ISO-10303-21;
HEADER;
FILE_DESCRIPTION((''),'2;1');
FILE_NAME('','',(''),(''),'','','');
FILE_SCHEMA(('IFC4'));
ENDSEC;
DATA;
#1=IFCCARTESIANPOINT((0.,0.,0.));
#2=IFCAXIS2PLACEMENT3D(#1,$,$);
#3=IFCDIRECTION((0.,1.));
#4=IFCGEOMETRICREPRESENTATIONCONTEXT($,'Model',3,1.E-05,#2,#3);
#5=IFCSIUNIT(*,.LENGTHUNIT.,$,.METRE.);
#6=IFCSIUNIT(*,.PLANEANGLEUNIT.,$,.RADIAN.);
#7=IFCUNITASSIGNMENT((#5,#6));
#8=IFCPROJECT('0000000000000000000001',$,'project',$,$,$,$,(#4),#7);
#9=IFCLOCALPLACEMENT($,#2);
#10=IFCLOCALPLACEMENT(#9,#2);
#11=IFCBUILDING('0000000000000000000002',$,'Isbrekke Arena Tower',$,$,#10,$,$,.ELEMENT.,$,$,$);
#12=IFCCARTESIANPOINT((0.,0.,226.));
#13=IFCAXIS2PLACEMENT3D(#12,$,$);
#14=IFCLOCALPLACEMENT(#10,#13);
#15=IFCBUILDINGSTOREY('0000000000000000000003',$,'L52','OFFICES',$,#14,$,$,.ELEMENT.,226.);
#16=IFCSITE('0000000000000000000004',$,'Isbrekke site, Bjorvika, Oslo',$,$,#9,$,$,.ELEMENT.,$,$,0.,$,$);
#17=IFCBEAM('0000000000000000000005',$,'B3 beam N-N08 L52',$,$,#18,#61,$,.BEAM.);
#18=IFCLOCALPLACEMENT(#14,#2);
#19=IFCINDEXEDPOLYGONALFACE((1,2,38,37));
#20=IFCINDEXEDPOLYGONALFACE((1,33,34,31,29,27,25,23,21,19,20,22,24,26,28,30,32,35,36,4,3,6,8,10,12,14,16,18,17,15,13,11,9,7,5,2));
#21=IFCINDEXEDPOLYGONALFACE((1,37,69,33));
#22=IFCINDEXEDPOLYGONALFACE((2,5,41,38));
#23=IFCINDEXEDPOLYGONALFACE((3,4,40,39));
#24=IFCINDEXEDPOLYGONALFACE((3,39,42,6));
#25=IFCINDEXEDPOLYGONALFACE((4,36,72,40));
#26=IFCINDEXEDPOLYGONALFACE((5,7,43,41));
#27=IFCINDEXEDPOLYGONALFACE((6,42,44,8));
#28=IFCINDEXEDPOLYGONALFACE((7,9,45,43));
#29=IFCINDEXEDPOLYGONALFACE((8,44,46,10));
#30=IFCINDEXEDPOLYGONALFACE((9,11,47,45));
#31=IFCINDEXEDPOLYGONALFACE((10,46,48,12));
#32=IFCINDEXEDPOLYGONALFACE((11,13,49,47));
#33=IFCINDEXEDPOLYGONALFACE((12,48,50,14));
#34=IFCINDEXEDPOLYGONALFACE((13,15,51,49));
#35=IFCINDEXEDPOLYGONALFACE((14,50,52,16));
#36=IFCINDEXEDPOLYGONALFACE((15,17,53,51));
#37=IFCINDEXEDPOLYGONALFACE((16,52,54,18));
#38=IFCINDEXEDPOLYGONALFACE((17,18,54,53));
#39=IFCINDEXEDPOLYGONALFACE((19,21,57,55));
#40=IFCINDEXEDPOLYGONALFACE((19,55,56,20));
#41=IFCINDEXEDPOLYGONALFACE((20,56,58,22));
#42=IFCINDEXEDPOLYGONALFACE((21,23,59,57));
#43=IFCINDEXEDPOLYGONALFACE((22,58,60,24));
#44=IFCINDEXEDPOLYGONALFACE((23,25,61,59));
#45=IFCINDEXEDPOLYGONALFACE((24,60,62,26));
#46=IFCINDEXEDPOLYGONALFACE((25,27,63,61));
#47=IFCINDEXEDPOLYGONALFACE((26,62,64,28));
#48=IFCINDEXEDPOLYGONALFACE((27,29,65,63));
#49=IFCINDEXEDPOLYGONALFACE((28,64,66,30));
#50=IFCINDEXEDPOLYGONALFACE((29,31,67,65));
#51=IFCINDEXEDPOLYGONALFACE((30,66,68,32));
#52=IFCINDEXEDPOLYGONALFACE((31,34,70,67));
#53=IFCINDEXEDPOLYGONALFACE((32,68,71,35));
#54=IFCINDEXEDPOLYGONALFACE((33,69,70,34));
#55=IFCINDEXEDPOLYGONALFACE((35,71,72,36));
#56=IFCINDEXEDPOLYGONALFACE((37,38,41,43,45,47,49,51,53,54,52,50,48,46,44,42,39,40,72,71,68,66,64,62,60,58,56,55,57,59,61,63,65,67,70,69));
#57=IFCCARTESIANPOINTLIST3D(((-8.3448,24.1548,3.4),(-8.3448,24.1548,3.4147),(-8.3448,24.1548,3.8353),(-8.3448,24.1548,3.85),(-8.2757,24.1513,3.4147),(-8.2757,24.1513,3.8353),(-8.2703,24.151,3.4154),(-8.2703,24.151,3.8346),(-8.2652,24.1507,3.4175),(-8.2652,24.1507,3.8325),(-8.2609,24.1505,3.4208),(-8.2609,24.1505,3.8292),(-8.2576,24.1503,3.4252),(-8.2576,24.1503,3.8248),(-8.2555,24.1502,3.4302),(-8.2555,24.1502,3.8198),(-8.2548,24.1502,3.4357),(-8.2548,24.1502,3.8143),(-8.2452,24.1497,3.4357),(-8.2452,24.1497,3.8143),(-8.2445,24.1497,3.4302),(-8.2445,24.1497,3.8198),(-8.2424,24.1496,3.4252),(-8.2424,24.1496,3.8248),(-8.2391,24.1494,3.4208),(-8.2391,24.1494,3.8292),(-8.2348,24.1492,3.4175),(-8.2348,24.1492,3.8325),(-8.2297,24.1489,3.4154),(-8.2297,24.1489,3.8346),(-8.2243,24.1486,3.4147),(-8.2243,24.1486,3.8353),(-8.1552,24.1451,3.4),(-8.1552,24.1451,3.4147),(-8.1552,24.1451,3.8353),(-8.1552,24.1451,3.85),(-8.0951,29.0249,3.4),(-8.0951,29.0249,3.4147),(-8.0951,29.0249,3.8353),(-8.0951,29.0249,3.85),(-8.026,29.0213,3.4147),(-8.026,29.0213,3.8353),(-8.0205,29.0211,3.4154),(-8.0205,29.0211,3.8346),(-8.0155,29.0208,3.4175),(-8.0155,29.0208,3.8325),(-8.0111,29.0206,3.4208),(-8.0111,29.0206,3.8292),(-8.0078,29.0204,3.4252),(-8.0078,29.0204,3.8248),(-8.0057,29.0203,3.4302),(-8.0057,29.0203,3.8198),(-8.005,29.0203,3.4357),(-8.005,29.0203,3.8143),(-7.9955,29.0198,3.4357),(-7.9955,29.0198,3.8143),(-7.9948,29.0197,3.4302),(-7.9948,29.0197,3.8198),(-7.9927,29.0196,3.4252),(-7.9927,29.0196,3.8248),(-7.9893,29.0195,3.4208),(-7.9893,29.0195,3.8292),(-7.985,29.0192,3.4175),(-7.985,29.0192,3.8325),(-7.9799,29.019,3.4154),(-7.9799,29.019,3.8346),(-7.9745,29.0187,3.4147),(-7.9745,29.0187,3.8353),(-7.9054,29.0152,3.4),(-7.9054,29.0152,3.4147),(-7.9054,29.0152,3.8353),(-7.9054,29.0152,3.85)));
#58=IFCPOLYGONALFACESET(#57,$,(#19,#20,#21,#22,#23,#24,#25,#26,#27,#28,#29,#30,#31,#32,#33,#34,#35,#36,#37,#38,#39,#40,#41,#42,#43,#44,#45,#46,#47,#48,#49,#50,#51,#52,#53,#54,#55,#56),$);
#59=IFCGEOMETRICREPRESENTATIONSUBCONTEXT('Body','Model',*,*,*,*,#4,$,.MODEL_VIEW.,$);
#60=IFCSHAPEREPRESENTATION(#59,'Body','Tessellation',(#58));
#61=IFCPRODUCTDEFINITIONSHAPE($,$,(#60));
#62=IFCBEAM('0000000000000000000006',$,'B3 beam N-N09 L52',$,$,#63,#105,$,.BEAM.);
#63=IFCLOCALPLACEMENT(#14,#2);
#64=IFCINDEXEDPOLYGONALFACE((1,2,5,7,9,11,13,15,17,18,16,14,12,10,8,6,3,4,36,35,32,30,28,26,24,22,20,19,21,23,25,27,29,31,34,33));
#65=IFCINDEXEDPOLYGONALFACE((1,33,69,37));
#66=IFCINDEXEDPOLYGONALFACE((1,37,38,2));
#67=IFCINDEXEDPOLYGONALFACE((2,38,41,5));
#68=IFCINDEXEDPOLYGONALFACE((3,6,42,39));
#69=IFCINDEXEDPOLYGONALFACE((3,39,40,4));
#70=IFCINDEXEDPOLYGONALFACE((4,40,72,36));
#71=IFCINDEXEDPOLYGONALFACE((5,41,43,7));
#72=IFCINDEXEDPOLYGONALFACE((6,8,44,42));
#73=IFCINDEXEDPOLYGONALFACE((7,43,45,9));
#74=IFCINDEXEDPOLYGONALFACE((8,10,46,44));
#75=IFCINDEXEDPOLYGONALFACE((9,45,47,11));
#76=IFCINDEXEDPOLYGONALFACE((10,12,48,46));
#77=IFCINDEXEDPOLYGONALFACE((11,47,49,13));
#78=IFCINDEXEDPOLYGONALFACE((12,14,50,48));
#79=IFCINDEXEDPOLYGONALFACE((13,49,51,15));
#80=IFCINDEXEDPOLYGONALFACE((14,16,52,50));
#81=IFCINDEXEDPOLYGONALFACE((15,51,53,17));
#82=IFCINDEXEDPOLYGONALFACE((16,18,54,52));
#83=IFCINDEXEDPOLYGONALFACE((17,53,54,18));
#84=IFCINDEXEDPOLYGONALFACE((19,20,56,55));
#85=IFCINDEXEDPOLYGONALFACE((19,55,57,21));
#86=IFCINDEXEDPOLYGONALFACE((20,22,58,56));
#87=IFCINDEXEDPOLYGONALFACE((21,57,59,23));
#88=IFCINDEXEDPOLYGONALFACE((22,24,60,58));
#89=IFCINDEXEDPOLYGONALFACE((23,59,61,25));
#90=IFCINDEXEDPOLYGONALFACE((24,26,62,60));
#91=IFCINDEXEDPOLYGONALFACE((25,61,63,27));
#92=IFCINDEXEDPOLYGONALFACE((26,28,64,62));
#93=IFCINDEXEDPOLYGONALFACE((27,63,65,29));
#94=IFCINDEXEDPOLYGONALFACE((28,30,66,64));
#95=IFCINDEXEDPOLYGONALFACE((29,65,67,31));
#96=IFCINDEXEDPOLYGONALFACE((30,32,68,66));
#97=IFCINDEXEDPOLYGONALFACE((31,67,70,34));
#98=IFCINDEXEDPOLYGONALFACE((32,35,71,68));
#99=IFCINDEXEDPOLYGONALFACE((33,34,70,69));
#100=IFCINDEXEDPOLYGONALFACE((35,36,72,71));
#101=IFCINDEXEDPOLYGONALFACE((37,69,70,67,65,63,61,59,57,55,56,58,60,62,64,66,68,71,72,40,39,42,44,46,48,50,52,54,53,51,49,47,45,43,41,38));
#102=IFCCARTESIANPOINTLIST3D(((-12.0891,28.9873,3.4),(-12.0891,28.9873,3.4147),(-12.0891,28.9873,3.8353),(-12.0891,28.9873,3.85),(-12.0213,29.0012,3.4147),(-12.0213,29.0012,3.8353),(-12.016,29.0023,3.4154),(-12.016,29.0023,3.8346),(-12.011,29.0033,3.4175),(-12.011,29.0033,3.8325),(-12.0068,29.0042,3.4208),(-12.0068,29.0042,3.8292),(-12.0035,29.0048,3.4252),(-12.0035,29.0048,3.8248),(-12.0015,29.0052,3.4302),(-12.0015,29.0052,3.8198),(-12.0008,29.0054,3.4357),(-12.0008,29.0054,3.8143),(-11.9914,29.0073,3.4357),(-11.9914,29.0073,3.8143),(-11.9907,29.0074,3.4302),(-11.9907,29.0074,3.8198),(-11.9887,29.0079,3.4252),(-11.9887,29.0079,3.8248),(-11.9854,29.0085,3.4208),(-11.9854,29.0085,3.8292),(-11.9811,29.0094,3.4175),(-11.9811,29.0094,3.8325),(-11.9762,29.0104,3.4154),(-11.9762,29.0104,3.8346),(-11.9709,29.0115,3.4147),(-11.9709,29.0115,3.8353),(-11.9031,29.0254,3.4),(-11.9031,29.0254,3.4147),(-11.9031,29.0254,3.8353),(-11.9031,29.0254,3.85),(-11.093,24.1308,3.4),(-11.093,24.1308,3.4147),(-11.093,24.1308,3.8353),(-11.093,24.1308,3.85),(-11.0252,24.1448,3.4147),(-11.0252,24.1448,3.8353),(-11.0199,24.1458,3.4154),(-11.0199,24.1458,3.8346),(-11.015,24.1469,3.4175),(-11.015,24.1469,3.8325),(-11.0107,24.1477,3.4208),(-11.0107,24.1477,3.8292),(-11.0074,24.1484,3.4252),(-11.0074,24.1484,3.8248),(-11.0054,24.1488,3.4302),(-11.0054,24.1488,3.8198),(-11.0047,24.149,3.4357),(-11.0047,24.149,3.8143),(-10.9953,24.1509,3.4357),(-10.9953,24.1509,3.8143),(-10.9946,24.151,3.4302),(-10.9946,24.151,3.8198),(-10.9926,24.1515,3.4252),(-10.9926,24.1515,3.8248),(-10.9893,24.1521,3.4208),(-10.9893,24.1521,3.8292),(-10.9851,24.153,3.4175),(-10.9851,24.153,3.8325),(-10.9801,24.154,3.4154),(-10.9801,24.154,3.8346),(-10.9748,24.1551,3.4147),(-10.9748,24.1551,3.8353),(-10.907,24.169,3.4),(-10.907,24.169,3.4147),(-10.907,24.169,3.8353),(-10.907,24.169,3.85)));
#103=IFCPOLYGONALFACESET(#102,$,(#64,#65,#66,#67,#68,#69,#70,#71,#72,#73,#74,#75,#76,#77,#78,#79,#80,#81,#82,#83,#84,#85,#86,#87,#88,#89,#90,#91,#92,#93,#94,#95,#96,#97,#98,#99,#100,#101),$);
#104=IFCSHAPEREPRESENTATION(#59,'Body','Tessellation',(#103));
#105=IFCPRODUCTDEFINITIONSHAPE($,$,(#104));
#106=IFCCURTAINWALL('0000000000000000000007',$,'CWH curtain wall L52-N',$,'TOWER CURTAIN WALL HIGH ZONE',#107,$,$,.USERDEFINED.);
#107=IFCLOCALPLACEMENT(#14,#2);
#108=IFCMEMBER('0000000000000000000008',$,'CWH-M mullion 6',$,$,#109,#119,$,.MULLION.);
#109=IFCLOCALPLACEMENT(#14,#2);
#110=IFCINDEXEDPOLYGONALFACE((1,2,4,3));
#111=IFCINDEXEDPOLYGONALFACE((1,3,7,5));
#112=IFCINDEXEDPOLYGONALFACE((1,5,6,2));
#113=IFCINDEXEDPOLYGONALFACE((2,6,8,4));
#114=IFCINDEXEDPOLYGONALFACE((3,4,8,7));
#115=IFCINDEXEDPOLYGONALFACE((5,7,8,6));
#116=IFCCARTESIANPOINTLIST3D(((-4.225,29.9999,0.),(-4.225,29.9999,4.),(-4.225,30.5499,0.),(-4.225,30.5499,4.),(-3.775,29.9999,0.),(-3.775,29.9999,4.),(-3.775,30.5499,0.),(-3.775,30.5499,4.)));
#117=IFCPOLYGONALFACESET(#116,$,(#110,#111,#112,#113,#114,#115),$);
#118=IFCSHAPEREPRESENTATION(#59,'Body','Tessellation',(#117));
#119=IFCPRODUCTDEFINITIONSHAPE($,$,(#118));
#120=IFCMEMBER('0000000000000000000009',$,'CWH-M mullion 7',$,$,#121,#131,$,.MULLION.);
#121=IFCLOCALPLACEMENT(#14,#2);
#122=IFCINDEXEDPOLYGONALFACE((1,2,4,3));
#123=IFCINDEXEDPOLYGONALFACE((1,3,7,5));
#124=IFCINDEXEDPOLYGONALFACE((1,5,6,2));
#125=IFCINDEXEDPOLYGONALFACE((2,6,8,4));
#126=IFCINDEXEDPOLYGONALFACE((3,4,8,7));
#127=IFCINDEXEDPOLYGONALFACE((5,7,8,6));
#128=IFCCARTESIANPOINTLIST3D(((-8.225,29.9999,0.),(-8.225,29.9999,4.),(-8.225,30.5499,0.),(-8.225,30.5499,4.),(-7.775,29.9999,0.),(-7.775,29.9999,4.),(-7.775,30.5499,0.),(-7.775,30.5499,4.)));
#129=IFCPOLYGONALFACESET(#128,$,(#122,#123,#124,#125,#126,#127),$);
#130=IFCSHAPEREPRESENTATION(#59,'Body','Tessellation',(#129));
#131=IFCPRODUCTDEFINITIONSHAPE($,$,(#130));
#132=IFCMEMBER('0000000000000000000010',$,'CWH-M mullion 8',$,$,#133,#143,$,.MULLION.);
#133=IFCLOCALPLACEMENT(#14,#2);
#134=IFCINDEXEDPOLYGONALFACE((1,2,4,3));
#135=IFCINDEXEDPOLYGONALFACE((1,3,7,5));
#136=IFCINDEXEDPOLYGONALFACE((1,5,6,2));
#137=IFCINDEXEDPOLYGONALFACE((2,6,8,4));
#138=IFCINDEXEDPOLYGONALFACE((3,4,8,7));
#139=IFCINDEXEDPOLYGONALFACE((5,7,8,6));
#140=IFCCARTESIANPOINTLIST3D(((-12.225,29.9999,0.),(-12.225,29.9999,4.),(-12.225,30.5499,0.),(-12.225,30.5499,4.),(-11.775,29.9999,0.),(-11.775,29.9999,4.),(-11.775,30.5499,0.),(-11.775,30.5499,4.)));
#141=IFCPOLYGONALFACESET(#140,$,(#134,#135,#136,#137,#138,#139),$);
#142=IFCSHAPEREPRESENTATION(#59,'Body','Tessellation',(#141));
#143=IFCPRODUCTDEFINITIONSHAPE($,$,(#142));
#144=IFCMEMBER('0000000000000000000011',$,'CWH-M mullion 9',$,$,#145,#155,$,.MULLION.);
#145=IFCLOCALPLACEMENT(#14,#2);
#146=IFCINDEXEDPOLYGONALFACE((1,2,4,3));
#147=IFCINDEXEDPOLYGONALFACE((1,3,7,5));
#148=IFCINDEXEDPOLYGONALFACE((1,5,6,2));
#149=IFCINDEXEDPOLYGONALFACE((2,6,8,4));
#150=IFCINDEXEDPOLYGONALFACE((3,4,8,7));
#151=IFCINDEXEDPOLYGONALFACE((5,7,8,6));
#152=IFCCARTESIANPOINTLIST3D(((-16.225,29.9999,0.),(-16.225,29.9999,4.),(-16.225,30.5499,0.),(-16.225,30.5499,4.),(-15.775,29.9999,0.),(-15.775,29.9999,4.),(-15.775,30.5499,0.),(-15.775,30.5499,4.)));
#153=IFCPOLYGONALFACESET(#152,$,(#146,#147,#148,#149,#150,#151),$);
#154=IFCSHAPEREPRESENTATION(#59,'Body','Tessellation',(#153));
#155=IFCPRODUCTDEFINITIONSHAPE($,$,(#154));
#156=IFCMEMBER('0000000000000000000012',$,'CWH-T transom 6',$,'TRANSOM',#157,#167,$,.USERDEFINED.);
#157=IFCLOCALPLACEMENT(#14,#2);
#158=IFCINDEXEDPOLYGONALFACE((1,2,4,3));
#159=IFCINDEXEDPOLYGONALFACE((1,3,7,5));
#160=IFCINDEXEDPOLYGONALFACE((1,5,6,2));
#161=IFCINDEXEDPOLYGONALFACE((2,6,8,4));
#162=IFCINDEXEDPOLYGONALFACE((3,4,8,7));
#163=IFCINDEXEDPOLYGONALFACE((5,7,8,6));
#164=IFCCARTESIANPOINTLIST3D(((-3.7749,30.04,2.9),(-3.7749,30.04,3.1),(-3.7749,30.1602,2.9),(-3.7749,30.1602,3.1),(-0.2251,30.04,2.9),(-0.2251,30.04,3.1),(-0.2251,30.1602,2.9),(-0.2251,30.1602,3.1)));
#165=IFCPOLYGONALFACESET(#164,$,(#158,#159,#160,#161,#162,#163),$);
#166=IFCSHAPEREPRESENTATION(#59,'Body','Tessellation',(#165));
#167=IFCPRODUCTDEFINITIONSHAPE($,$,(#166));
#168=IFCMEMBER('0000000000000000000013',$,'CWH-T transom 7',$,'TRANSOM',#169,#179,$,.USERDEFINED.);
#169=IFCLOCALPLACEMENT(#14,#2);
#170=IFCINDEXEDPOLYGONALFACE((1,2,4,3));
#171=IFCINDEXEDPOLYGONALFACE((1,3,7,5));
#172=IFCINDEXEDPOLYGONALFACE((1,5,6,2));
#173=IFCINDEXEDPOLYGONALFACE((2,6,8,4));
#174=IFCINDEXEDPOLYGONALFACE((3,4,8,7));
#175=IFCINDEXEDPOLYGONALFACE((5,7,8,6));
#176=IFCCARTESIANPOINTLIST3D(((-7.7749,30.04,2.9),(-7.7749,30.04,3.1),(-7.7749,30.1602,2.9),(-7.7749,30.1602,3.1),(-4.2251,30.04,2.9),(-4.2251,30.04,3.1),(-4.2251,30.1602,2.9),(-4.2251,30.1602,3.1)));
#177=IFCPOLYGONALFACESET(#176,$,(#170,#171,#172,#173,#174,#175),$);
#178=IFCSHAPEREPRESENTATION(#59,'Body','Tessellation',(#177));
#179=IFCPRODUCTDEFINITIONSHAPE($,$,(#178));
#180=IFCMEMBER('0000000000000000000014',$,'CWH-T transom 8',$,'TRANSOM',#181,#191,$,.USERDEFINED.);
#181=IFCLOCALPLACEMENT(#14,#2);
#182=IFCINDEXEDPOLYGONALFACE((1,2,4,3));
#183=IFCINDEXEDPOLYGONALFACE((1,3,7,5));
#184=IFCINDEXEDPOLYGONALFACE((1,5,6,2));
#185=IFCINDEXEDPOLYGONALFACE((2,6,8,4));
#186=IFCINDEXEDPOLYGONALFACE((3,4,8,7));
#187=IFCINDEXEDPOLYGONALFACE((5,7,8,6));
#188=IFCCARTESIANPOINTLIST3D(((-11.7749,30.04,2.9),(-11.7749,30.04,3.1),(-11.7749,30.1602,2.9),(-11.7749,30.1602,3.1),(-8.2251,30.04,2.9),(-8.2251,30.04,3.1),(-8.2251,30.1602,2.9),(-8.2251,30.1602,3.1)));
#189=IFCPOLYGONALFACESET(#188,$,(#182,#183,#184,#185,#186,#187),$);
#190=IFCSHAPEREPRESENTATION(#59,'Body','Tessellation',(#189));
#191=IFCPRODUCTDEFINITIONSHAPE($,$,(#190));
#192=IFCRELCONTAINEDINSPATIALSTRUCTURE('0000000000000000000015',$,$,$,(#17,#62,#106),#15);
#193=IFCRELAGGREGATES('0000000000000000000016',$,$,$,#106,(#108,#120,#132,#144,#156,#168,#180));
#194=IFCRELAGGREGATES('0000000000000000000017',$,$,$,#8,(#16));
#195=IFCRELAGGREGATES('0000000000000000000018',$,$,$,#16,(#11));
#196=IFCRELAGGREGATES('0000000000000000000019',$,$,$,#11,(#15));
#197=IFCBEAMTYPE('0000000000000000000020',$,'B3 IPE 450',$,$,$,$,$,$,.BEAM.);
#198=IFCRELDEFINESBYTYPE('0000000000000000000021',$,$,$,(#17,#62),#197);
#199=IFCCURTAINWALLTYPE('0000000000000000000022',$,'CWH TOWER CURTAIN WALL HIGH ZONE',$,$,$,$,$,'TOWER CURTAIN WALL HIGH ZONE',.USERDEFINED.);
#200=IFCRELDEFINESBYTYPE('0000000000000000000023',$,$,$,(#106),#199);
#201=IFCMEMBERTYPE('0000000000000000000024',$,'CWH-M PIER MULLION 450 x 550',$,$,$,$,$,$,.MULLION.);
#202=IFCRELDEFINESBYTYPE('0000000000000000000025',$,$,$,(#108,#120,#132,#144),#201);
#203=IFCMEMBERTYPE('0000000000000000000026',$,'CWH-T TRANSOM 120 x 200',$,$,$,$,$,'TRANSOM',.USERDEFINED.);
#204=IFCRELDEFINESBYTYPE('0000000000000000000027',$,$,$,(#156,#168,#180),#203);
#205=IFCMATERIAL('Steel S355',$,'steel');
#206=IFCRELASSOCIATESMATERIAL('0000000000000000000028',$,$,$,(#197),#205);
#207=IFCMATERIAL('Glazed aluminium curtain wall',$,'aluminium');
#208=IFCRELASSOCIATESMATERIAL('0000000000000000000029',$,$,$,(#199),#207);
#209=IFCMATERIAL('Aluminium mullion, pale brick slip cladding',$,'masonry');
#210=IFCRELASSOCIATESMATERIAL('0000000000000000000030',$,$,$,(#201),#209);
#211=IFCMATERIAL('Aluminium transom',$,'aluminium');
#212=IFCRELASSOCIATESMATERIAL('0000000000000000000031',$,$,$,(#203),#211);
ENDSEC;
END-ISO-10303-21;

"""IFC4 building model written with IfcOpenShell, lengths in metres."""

from ifc_helpers import new_model, si_unit, direction, frame, origin, origin_2d, place, context, subcontext, project, spatial, rectangle, i_section, extrude, material, material_profile, profile_set, type_object, element, aggregate, save


model = new_model("IFC4")

# Units and contexts
model_context = context("Model", 3, precision=1e-05, world=origin(), true_north=direction((0.0, 1.0)))
body_context = subcontext(model_context, "Body", "Model", "MODEL_VIEW")
ifc_project = project(units=[si_unit("LENGTHUNIT", "METRE"), si_unit("PLANEANGLEUNIT", "RADIAN")], contexts=[model_context])

# Site, building, storey
site_placement = place(None, origin())
site = spatial("IfcSite", under=ifc_project, at=site_placement, Name="Isbrekke site, Bjorvika, Oslo", CompositionType="ELEMENT", RefElevation=0.0)
building_placement = place(site_placement, origin())
building = spatial("IfcBuilding", under=site, at=building_placement, Name="Isbrekke Arena Tower", CompositionType="ELEMENT")
storey_placement = place(building_placement, frame((0.0, 0.0, 226.0)))
storey = spatial("IfcBuildingStorey", under=building, at=storey_placement, Name="L52", Description="OFFICES", CompositionType="ELEMENT", Elevation=226.0)

# Beams
ifc_material_1 = material(Name="Steel S355", Category="steel")
ifc_material_profile_1 = material_profile(ifc_material_1, i_section(OverallWidth=0.1899, OverallDepth=0.45, WebThickness=0.0095, FlangeThickness=0.0146, FilletRadius=0.021, at=origin_2d()), Name="IPE 450")
ifc_profile_set_1 = profile_set([ifc_material_profile_1], Name="Steel S355")
beam_type_1 = type_object("IfcBeamType", Name="B3 IPE 450", PredefinedType="BEAM", material=ifc_profile_set_1)
beam_1_placement = place(storey_placement, frame((-8.0002, 29.02, 3.625), z_axis=(-0.051216, -0.998688, 0.0), x_axis=(0.998688, -0.051216, 0.0)))
element("IfcBeam", 1, at=beam_1_placement, inside=storey, type_object=beam_type_1, Name="B3 beam N-N08 L52", PredefinedType="BEAM", context=body_context, shape_type="SweptSolid", body=[
    extrude(i_section(OverallWidth=0.1899, OverallDepth=0.45, WebThickness=0.0095, FlangeThickness=0.0146, FilletRadius=0.021, at=origin_2d()), origin(), (0.0, 0.0, 1.0), 4.8765),
])
beam_2_placement = place(storey_placement, frame((-11.9961, 29.0063, 3.625), z_axis=(0.200925, -0.979607, 0.0), x_axis=(0.979607, 0.200925, 0.0)))
element("IfcBeam", 2, at=beam_2_placement, inside=storey, type_object=beam_type_1, Name="B3 beam N-N09 L52", PredefinedType="BEAM", context=body_context, shape_type="SweptSolid", body=[
    extrude(i_section(OverallWidth=0.1899, OverallDepth=0.45, WebThickness=0.0095, FlangeThickness=0.0146, FilletRadius=0.021, at=origin_2d()), origin(), (0.0, 0.0, 1.0), 4.9575),
])

# Curtain wall, members
ifc_material_2 = material(Name="Glazed aluminium curtain wall", Category="aluminium")
curtain_wall_type = type_object("IfcCurtainWallType", Name="CWH TOWER CURTAIN WALL HIGH ZONE", ElementType="TOWER CURTAIN WALL HIGH ZONE", PredefinedType="USERDEFINED", material=ifc_material_2)
curtain_wall_placement = place(storey_placement, origin())
curtain_wall = element("IfcCurtainWall", 3, at=curtain_wall_placement, inside=storey, type_object=curtain_wall_type, Name="CWH curtain wall L52-N", ObjectType="TOWER CURTAIN WALL HIGH ZONE", PredefinedType="USERDEFINED")
ifc_material_3 = material(Name="Aluminium mullion, pale brick slip cladding", Category="masonry")
ifc_material_profile_2 = material_profile(ifc_material_3, rectangle(XDim=0.45, YDim=0.55, at=origin_2d()), Name="PIER 450X550")
ifc_profile_set_2 = profile_set([ifc_material_profile_2], Name="Aluminium mullion, pale brick slip cladding")
member_type_1 = type_object("IfcMemberType", Name="CWH-M PIER MULLION 450 x 550", PredefinedType="MULLION", material=ifc_profile_set_2)
member_1_placement = place(storey_placement, frame((-4.0, 30.2749, 0.0), z_axis=(0.0, 0.0, 1.0), x_axis=(-1.0, 0.0, 0.0)))
member_1 = element("IfcMember", 4, at=member_1_placement, type_object=member_type_1, Name="CWH-M mullion 6", PredefinedType="MULLION", context=body_context, shape_type="SweptSolid", body=[
    extrude(rectangle(XDim=0.45, YDim=0.55, at=origin_2d()), origin(), (0.0, 0.0, 1.0), 4.0),
])
member_2_placement = place(storey_placement, frame((-8.0, 30.2749, 0.0), z_axis=(0.0, 0.0, 1.0), x_axis=(-1.0, 0.0, 0.0)))
member_2 = element("IfcMember", 5, at=member_2_placement, type_object=member_type_1, Name="CWH-M mullion 7", PredefinedType="MULLION", context=body_context, shape_type="SweptSolid", body=[
    extrude(rectangle(XDim=0.45, YDim=0.55, at=origin_2d()), origin(), (0.0, 0.0, 1.0), 4.0),
])
member_3_placement = place(storey_placement, frame((-12.0, 30.2749, 0.0), z_axis=(0.0, 0.0, 1.0), x_axis=(-1.0, 0.0, 0.0)))
member_3 = element("IfcMember", 6, at=member_3_placement, type_object=member_type_1, Name="CWH-M mullion 8", PredefinedType="MULLION", context=body_context, shape_type="SweptSolid", body=[
    extrude(rectangle(XDim=0.45, YDim=0.55, at=origin_2d()), origin(), (0.0, 0.0, 1.0), 4.0),
])
member_4_placement = place(storey_placement, frame((-16.0, 30.2749, 0.0), z_axis=(0.0, 0.0, 1.0), x_axis=(-1.0, 0.0, 0.0)))
member_4 = element("IfcMember", 7, at=member_4_placement, type_object=member_type_1, Name="CWH-M mullion 9", PredefinedType="MULLION", context=body_context, shape_type="SweptSolid", body=[
    extrude(rectangle(XDim=0.45, YDim=0.55, at=origin_2d()), origin(), (0.0, 0.0, 1.0), 4.0),
])
ifc_material_4 = material(Name="Aluminium transom", Category="aluminium")
ifc_material_profile_3 = material_profile(ifc_material_4, rectangle(XDim=0.1201, YDim=0.2, at=origin_2d()), Name="TRANSOM 120X200")
ifc_profile_set_3 = profile_set([ifc_material_profile_3], Name="Aluminium transom")
member_type_2 = type_object("IfcMemberType", Name="CWH-T TRANSOM 120 x 200", ElementType="TRANSOM", PredefinedType="USERDEFINED", material=ifc_profile_set_3)
member_5_placement = place(storey_placement, frame((-0.2251, 30.1001, 3.0), z_axis=(-1.0, 0.0, 0.0), x_axis=(0.0, -1.0, 0.0)))
member_5 = element("IfcMember", 8, at=member_5_placement, type_object=member_type_2, Name="CWH-T transom 6", ObjectType="TRANSOM", PredefinedType="USERDEFINED", context=body_context, shape_type="SweptSolid", body=[
    extrude(rectangle(XDim=0.1201, YDim=0.2, at=origin_2d()), origin(), (0.0, 0.0, 1.0), 3.5498),
])
member_6_placement = place(storey_placement, frame((-4.2251, 30.1001, 3.0), z_axis=(-1.0, 0.0, 0.0), x_axis=(0.0, -1.0, 0.0)))
member_6 = element("IfcMember", 9, at=member_6_placement, type_object=member_type_2, Name="CWH-T transom 7", ObjectType="TRANSOM", PredefinedType="USERDEFINED", context=body_context, shape_type="SweptSolid", body=[
    extrude(rectangle(XDim=0.1201, YDim=0.2, at=origin_2d()), origin(), (0.0, 0.0, 1.0), 3.5498),
])
member_7_placement = place(storey_placement, frame((-8.2251, 30.1001, 3.0), z_axis=(-1.0, 0.0, 0.0), x_axis=(0.0, -1.0, 0.0)))
member_7 = element("IfcMember", 10, at=member_7_placement, type_object=member_type_2, Name="CWH-T transom 8", ObjectType="TRANSOM", PredefinedType="USERDEFINED", context=body_context, shape_type="SweptSolid", body=[
    extrude(rectangle(XDim=0.1201, YDim=0.2, at=origin_2d()), origin(), (0.0, 0.0, 1.0), 3.5498),
])

aggregate(curtain_wall, [member_1, member_2, member_3, member_4, member_5, member_6, member_7])

save(model, "model.ifc")
